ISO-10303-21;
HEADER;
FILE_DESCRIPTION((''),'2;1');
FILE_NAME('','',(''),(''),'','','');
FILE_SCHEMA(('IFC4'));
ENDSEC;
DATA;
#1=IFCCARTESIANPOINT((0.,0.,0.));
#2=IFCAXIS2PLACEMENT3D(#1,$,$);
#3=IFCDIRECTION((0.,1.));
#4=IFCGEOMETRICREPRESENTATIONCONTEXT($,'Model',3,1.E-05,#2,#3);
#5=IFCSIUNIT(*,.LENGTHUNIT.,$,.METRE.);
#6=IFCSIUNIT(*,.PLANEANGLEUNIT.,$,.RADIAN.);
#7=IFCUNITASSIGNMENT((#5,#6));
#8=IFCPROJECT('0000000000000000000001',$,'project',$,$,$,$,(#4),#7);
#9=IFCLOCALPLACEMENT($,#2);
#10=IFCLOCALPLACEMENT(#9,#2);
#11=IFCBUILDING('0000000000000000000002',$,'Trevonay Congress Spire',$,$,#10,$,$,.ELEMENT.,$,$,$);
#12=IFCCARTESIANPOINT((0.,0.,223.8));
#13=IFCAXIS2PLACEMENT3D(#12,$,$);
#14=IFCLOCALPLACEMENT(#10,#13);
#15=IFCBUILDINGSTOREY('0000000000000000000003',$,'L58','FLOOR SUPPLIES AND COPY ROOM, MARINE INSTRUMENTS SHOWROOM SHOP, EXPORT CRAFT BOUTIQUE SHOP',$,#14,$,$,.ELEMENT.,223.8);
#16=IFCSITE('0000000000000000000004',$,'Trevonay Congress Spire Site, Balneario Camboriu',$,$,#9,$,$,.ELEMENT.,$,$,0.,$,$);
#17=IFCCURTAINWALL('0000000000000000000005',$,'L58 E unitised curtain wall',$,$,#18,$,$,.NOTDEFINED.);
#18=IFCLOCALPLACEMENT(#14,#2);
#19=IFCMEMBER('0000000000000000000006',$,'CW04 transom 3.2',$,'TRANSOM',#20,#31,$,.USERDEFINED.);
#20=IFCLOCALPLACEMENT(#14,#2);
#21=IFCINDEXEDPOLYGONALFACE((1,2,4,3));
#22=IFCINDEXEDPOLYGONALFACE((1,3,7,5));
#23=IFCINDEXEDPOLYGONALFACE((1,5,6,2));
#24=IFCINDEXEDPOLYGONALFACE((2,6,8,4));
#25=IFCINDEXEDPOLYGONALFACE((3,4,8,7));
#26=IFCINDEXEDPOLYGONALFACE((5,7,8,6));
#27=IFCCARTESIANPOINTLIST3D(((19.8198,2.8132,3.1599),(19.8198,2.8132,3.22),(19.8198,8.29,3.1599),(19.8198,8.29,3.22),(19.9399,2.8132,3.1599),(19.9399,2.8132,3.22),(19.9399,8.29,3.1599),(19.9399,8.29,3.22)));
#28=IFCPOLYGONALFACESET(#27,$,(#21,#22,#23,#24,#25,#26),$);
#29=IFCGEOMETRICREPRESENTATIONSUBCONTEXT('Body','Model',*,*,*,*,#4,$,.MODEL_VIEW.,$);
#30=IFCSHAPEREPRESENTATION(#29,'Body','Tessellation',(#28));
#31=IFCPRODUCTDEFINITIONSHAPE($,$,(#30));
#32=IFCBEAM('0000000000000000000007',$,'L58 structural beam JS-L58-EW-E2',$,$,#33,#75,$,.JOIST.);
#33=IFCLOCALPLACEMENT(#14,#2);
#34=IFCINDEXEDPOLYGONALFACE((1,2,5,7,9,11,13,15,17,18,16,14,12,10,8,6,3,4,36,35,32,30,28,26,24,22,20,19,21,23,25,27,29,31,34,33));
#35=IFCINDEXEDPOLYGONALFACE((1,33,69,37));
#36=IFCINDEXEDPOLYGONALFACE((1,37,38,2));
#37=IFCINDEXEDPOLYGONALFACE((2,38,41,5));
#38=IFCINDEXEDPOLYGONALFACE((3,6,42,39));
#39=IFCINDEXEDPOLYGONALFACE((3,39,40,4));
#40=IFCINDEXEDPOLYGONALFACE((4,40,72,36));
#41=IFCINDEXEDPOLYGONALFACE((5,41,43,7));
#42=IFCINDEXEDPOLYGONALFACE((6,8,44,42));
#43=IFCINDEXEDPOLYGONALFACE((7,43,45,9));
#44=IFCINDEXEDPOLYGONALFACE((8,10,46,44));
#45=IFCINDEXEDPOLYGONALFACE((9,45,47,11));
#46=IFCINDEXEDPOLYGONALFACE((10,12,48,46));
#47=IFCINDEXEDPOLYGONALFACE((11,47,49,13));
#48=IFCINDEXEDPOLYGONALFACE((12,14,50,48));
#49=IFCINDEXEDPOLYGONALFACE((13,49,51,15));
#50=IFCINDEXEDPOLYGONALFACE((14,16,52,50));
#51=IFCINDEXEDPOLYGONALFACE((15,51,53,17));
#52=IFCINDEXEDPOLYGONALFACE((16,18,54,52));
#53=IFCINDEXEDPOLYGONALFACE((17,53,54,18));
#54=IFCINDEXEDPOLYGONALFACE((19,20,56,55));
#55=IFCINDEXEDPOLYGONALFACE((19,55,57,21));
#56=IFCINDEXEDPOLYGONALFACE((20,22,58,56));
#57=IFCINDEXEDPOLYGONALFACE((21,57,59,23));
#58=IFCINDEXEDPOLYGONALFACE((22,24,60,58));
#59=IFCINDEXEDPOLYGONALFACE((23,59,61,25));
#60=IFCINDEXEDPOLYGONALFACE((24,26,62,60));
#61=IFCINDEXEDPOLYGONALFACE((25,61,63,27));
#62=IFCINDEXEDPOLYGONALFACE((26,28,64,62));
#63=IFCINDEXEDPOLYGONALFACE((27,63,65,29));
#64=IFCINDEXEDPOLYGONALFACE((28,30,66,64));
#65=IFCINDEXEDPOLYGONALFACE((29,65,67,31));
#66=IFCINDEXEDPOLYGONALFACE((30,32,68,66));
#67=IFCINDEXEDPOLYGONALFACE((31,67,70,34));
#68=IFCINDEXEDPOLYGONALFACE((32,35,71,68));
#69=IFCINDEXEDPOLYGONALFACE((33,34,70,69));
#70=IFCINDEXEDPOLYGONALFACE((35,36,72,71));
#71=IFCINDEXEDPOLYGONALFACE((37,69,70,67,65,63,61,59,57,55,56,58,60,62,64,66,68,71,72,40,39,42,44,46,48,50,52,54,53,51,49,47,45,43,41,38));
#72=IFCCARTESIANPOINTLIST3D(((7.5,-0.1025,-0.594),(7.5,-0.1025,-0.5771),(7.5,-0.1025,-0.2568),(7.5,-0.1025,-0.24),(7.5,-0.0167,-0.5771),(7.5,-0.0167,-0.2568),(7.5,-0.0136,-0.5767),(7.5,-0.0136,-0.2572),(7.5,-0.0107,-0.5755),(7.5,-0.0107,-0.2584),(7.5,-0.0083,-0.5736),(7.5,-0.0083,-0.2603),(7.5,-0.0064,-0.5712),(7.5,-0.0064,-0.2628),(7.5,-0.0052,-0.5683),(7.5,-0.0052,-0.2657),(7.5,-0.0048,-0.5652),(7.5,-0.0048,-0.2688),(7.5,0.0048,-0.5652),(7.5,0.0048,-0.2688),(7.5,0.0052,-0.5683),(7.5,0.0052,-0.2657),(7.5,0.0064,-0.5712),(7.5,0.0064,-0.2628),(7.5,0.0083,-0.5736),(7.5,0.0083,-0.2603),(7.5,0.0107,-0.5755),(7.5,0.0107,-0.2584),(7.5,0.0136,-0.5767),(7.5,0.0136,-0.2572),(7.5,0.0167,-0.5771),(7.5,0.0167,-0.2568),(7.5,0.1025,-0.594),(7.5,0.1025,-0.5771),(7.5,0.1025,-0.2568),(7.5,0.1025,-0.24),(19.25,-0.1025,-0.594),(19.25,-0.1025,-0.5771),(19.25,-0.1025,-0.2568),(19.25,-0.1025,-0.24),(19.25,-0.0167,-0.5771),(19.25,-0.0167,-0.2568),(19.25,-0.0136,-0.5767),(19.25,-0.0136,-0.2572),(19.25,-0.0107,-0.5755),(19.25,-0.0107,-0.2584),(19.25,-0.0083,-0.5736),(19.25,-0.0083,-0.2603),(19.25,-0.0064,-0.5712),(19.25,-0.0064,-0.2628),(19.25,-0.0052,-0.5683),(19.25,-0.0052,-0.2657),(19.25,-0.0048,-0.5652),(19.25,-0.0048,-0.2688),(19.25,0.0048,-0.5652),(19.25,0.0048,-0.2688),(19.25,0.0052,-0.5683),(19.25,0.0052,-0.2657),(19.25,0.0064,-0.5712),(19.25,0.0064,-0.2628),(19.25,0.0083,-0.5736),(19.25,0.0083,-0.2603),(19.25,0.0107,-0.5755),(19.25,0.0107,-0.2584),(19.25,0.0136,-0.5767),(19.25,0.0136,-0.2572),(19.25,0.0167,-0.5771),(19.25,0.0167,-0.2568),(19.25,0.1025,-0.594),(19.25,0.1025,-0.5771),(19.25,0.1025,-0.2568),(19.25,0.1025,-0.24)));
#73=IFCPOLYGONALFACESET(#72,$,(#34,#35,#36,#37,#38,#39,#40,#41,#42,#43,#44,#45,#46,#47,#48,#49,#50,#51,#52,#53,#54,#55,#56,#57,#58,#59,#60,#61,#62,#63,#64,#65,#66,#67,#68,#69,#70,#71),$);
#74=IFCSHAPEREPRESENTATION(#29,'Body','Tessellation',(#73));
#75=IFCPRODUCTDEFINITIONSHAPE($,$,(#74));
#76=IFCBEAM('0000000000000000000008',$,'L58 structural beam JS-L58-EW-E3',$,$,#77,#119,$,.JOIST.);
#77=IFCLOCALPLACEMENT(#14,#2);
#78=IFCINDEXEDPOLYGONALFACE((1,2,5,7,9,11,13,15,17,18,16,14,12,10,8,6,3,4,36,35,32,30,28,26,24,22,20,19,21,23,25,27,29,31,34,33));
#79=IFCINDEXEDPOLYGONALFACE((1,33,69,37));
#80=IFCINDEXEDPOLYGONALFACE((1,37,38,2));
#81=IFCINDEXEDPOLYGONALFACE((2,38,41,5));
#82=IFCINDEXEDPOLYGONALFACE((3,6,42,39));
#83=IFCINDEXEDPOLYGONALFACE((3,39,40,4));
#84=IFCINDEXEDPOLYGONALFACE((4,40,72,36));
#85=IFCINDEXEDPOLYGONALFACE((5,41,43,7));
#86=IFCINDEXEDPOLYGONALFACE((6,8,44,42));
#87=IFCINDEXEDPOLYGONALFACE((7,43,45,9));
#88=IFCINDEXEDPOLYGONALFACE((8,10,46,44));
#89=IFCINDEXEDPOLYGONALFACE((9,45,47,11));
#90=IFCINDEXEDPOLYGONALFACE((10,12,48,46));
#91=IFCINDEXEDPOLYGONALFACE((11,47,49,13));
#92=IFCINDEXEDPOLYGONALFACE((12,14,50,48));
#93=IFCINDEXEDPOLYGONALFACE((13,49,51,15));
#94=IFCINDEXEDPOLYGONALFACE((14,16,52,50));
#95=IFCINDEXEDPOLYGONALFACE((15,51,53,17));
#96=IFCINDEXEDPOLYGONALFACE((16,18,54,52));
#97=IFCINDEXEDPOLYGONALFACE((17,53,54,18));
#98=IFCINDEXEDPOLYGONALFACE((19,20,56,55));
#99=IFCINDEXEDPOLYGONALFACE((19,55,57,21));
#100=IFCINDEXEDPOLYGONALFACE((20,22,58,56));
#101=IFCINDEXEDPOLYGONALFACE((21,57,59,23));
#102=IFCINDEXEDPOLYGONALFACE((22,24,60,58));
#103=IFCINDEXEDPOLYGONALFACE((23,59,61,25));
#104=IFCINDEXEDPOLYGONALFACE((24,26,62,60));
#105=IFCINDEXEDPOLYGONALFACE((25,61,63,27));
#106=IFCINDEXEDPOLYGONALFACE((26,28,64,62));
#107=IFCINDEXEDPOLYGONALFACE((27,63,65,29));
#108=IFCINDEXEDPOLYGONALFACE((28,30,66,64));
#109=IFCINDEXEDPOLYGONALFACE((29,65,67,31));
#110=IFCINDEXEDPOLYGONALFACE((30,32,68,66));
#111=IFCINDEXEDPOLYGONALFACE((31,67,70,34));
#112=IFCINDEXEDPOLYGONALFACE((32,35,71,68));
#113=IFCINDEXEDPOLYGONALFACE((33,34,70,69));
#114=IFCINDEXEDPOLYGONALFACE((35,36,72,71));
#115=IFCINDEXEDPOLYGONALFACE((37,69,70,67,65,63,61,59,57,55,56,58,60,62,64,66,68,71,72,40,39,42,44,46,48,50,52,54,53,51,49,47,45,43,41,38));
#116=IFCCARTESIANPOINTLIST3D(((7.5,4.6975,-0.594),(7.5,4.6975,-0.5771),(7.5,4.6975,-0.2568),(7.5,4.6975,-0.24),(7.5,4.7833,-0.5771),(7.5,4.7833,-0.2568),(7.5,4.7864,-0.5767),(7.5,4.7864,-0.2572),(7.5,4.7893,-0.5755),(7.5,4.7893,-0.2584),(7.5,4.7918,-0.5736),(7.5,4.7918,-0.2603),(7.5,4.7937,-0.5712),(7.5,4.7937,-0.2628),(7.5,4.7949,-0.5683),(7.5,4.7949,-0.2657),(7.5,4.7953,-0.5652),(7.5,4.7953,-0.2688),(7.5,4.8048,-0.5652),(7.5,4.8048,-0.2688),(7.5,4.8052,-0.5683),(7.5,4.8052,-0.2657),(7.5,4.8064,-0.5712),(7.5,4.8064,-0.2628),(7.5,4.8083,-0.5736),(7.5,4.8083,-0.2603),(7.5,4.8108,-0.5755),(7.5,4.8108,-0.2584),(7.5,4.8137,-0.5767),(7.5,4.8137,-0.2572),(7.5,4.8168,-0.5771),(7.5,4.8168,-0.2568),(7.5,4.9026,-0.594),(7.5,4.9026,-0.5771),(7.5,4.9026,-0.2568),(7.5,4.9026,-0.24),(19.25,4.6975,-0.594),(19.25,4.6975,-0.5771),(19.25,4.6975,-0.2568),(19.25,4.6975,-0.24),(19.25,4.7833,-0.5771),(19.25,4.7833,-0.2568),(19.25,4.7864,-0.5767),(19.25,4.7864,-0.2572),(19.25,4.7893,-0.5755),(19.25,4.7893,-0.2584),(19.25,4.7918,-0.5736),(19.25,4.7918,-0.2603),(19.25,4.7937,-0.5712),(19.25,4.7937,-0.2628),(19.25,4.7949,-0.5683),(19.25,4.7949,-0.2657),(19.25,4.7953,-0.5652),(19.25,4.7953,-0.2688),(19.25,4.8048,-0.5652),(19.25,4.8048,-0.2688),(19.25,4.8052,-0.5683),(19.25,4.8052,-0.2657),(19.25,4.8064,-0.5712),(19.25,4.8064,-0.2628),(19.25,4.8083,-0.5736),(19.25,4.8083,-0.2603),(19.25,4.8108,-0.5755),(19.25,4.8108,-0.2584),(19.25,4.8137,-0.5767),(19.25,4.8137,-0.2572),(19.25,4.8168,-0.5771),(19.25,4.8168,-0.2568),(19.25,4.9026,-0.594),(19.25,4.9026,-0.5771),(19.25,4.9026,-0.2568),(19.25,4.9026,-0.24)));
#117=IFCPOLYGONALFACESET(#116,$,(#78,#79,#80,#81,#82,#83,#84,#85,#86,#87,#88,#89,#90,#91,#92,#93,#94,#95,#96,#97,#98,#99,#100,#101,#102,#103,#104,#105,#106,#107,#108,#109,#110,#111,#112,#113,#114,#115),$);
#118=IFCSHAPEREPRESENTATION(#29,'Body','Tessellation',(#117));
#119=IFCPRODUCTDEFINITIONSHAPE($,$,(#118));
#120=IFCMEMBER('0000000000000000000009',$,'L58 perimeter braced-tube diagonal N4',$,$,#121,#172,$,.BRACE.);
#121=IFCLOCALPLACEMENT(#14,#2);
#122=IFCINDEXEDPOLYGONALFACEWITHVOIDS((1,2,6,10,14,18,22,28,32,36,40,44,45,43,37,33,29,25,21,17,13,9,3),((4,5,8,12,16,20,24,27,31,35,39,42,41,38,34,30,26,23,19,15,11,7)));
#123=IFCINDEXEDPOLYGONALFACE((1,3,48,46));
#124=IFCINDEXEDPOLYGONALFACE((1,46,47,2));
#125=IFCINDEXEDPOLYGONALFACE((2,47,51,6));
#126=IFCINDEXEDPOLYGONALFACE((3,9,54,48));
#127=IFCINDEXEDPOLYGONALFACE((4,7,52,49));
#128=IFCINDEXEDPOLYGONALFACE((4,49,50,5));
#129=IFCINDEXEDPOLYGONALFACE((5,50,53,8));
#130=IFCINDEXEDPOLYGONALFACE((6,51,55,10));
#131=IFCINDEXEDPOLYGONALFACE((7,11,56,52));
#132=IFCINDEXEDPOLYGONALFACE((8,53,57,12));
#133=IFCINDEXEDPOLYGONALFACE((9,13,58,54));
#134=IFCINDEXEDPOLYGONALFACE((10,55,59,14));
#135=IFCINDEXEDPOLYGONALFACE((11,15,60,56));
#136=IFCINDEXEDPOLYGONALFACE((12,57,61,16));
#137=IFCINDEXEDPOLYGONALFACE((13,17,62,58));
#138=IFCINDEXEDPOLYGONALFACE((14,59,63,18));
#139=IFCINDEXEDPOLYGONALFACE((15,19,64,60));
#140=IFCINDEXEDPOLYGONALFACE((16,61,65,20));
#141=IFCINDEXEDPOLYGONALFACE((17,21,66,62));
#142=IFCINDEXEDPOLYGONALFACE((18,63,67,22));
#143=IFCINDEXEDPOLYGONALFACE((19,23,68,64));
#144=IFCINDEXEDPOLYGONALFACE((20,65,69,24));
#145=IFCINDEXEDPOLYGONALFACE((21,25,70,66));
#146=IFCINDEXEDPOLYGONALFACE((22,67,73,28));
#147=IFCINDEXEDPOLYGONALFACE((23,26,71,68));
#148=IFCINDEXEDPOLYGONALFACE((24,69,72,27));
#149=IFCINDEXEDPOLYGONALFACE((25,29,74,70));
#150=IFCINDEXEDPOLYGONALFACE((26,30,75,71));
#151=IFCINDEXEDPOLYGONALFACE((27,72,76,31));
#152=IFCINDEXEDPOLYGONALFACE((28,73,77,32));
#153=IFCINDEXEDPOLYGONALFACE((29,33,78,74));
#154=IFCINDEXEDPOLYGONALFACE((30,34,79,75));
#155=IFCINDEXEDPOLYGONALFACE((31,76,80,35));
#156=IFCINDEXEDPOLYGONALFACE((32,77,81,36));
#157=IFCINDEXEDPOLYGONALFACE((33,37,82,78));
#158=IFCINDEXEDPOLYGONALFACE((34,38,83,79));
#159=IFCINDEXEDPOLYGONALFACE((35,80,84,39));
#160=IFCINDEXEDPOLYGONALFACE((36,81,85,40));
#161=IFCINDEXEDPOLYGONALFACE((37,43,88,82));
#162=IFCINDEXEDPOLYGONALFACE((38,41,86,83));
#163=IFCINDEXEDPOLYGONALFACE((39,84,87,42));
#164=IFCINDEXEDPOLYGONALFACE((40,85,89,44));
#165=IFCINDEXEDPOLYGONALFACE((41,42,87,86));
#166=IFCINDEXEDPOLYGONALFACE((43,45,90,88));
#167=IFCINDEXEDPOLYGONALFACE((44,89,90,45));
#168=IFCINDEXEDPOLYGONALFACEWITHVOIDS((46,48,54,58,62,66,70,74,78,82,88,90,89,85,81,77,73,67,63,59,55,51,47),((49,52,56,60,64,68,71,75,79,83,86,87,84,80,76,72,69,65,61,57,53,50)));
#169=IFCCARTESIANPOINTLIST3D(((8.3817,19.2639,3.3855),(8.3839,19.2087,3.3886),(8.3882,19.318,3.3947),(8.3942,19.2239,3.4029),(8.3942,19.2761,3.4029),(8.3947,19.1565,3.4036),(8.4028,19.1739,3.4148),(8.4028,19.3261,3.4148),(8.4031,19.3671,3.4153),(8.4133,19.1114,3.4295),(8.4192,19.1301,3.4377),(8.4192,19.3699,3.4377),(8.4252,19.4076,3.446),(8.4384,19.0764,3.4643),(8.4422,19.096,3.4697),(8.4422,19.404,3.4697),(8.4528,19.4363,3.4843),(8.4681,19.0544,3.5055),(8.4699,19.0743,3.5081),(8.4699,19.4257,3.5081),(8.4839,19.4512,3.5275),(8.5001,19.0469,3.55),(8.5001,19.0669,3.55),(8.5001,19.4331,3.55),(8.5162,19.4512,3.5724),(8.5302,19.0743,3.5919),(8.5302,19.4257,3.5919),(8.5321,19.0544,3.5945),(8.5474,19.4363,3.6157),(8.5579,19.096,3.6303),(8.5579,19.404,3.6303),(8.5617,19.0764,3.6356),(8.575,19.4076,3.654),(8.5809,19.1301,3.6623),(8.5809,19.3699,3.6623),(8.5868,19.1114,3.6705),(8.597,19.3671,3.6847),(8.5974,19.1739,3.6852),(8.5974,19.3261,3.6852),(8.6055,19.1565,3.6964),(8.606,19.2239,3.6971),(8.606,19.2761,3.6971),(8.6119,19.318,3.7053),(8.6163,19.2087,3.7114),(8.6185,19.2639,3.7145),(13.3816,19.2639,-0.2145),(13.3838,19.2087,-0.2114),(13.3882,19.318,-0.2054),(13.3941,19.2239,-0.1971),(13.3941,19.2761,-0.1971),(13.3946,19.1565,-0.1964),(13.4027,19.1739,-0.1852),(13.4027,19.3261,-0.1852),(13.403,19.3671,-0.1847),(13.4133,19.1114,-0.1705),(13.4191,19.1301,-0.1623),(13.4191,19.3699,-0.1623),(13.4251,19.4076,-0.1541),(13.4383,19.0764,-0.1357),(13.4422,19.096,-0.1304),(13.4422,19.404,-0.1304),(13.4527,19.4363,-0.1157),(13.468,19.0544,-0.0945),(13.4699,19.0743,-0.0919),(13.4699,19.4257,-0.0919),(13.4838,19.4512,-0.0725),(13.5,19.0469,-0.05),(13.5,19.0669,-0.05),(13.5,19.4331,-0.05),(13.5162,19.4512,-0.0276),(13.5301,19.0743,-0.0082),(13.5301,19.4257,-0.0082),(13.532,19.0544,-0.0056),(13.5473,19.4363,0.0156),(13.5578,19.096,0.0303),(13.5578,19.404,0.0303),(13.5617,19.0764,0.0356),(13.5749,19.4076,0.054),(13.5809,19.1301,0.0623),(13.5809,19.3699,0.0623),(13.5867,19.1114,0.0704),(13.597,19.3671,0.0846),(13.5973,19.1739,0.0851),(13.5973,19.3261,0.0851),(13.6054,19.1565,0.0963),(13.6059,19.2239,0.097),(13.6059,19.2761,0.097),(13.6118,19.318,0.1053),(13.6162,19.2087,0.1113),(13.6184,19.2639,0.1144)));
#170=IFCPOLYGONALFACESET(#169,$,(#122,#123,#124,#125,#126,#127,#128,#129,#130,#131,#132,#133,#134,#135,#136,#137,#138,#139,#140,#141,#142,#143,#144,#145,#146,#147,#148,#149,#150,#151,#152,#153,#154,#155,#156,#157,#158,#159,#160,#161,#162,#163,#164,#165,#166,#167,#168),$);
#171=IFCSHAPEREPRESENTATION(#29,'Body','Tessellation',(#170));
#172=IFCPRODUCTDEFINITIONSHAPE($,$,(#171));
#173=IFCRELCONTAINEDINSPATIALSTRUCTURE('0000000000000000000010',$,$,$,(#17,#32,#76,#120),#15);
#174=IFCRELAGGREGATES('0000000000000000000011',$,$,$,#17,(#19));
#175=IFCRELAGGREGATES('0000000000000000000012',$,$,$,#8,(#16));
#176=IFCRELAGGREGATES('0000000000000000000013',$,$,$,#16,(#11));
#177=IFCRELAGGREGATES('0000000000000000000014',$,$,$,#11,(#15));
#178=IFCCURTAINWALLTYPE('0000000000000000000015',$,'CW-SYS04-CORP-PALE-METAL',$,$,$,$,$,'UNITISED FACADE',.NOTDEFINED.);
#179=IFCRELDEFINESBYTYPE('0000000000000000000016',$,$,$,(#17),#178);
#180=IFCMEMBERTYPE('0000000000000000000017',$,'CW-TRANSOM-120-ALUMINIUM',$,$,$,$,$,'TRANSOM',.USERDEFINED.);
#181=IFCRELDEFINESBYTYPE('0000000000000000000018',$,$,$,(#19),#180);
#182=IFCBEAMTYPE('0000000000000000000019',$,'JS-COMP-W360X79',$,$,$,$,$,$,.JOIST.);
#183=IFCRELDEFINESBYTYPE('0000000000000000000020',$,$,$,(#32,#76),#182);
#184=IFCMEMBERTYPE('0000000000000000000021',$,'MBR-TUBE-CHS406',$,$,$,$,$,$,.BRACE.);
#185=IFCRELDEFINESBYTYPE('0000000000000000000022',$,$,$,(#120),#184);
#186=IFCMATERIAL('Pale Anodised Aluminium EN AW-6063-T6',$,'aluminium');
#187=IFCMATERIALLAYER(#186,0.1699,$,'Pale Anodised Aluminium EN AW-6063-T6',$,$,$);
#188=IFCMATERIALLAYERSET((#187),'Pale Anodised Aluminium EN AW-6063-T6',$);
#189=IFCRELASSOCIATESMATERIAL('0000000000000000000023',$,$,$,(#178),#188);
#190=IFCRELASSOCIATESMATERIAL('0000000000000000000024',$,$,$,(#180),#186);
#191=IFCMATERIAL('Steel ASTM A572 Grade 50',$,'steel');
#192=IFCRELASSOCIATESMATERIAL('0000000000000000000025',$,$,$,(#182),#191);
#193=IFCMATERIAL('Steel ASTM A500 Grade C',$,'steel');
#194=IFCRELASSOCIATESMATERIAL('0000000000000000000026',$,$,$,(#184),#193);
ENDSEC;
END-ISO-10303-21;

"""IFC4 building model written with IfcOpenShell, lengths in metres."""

from ifc_helpers import new_model, si_unit, direction, frame, origin, origin_2d, place, context, subcontext, project, spatial, rectangle, hollow_circle, i_section, extrude, material, layer, layer_set, material_profile, profile_set, type_object, element, aggregate, save


model = new_model("IFC4")

# Units and contexts
model_context = context("Model", 3, precision=1e-05, world=origin(), true_north=direction((0.0, 1.0)))
body_context = subcontext(model_context, "Body", "Model", "MODEL_VIEW")
ifc_project = project(units=[si_unit("LENGTHUNIT", "METRE"), si_unit("PLANEANGLEUNIT", "RADIAN")], contexts=[model_context])

# Site, building, storey
site_placement = place(None, origin())
site = spatial("IfcSite", under=ifc_project, at=site_placement, Name="Trevonay Congress Spire Site, Balneario Camboriu", CompositionType="ELEMENT", RefElevation=0.0)
building_placement = place(site_placement, origin())
building = spatial("IfcBuilding", under=site, at=building_placement, Name="Trevonay Congress Spire", CompositionType="ELEMENT")
storey_placement = place(building_placement, frame((0.0, 0.0, 223.8)))
storey = spatial("IfcBuildingStorey", under=building, at=storey_placement, Name="L58", Description="FLOOR SUPPLIES AND COPY ROOM, MARINE INSTRUMENTS SHOWROOM SHOP, EXPORT CRAFT BOUTIQUE SHOP", CompositionType="ELEMENT", Elevation=223.8)

# Shared definitions
ifc_material_1 = material(Name="Steel ASTM A572 Grade 50", Category="steel")

# Shared definitions
ifc_material_2 = material(Name="Pale Anodised Aluminium EN AW-6063-T6", Category="aluminium")
ifc_layer_1 = layer(ifc_material_2, 0.1699, Name="Pale Anodised Aluminium EN AW-6063-T6")
ifc_layer_set_1 = layer_set([ifc_layer_1], Name="Pale Anodised Aluminium EN AW-6063-T6")
curtain_wall_type = type_object("IfcCurtainWallType", Name="CW-SYS04-CORP-PALE-METAL", ElementType="UNITISED FACADE", PredefinedType="NOTDEFINED", material=ifc_layer_set_1)

# Curtain wall, member
curtain_wall_1_placement = place(storey_placement, origin())
curtain_wall_1 = element("IfcCurtainWall", 1, at=curtain_wall_1_placement, inside=storey, type_object=curtain_wall_type, Name="L58 E unitised curtain wall", PredefinedType="NOTDEFINED")
ifc_material_profile_1 = material_profile(ifc_material_2, rectangle(XDim=0.1201, YDim=0.0601, at=origin_2d()), Name="CW-TRANSOM-120-ALUMINIUM")
ifc_profile_set_1 = profile_set([ifc_material_profile_1], Name="Pale Anodised Aluminium EN AW-6063-T6")
member_type_1 = type_object("IfcMemberType", Name="CW-TRANSOM-120-ALUMINIUM", ElementType="TRANSOM", PredefinedType="USERDEFINED", material=ifc_profile_set_1)
member_1_placement = place(storey_placement, frame((19.8799, 2.8132, 3.1899), z_axis=(0.0, 1.0, 0.0), x_axis=(-1.0, 0.0, 0.0)))
member_1 = element("IfcMember", 2, at=member_1_placement, type_object=member_type_1, Name="CW04 transom 3.2", ObjectType="TRANSOM", PredefinedType="USERDEFINED", context=body_context, shape_type="SweptSolid", body=[
    extrude(rectangle(XDim=0.1201, YDim=0.0601, at=origin_2d()), origin(), (0.0, 0.0, 1.0), 5.4768),
])

# Beams
ifc_material_profile_2 = material_profile(ifc_material_1, i_section(OverallWidth=0.2051, OverallDepth=0.354, WebThickness=0.0095, FlangeThickness=0.0168, FilletRadius=0.012, at=origin_2d()), Name="W360x79")
ifc_profile_set_2 = profile_set([ifc_material_profile_2], Name="Steel ASTM A572 Grade 50")
beam_type_1 = type_object("IfcBeamType", Name="JS-COMP-W360X79", PredefinedType="JOIST", material=ifc_profile_set_2)
for number, where, z_axis, x_axis, name in (
    (3, (7.5, 0.0, -0.417), (1.0, 0.0, 0.0), (0.0, 1.0, 0.0), "L58 structural beam JS-L58-EW-E2"),
    (4, (7.5, 4.8, -0.417), (1.0, 0.0, 0.0), (0.0, 1.0, 0.0), "L58 structural beam JS-L58-EW-E3"),
):
    element("IfcBeam", number, at=place(storey_placement, frame(where, z_axis=z_axis, x_axis=x_axis)), inside=storey, type_object=beam_type_1, Name=name, PredefinedType="JOIST", context=body_context, shape_type="SweptSolid", body=[
        extrude(i_section(OverallWidth=0.2051, OverallDepth=0.354, WebThickness=0.0095, FlangeThickness=0.0168, FilletRadius=0.012, at=origin_2d()), origin(), (0.0, 0.0, 1.0), 11.75),
    ])

# Member
ifc_material_3 = material(Name="Steel ASTM A500 Grade C", Category="steel")
ifc_material_profile_3 = material_profile(ifc_material_3, hollow_circle(Radius=0.2031, WallThickness=0.02, at=origin_2d()), Name="CHS 406.4x20")
ifc_profile_set_3 = profile_set([ifc_material_profile_3], Name="Steel ASTM A500 Grade C")
member_type_2 = type_object("IfcMemberType", Name="MBR-TUBE-CHS406", PredefinedType="BRACE", material=ifc_profile_set_3)
for number, where, z_axis, x_axis, name in (
    (5, (13.5, 19.25, -0.05), (-0.811527, 0.0, 0.584315), (0.0, -1.0, 0.0), "L58 perimeter braced-tube diagonal N4"),
):
    element("IfcMember", number, at=place(storey_placement, frame(where, z_axis=z_axis, x_axis=x_axis)), inside=storey, type_object=member_type_2, Name=name, PredefinedType="BRACE", context=body_context, shape_type="SweptSolid", body=[
        extrude(hollow_circle(Radius=0.2031, WallThickness=0.02, at=origin_2d()), origin(), (0.0, 0.0, 1.0), 6.1611),
    ])

aggregate(curtain_wall_1, [member_1])

save(model, "model.ifc")
